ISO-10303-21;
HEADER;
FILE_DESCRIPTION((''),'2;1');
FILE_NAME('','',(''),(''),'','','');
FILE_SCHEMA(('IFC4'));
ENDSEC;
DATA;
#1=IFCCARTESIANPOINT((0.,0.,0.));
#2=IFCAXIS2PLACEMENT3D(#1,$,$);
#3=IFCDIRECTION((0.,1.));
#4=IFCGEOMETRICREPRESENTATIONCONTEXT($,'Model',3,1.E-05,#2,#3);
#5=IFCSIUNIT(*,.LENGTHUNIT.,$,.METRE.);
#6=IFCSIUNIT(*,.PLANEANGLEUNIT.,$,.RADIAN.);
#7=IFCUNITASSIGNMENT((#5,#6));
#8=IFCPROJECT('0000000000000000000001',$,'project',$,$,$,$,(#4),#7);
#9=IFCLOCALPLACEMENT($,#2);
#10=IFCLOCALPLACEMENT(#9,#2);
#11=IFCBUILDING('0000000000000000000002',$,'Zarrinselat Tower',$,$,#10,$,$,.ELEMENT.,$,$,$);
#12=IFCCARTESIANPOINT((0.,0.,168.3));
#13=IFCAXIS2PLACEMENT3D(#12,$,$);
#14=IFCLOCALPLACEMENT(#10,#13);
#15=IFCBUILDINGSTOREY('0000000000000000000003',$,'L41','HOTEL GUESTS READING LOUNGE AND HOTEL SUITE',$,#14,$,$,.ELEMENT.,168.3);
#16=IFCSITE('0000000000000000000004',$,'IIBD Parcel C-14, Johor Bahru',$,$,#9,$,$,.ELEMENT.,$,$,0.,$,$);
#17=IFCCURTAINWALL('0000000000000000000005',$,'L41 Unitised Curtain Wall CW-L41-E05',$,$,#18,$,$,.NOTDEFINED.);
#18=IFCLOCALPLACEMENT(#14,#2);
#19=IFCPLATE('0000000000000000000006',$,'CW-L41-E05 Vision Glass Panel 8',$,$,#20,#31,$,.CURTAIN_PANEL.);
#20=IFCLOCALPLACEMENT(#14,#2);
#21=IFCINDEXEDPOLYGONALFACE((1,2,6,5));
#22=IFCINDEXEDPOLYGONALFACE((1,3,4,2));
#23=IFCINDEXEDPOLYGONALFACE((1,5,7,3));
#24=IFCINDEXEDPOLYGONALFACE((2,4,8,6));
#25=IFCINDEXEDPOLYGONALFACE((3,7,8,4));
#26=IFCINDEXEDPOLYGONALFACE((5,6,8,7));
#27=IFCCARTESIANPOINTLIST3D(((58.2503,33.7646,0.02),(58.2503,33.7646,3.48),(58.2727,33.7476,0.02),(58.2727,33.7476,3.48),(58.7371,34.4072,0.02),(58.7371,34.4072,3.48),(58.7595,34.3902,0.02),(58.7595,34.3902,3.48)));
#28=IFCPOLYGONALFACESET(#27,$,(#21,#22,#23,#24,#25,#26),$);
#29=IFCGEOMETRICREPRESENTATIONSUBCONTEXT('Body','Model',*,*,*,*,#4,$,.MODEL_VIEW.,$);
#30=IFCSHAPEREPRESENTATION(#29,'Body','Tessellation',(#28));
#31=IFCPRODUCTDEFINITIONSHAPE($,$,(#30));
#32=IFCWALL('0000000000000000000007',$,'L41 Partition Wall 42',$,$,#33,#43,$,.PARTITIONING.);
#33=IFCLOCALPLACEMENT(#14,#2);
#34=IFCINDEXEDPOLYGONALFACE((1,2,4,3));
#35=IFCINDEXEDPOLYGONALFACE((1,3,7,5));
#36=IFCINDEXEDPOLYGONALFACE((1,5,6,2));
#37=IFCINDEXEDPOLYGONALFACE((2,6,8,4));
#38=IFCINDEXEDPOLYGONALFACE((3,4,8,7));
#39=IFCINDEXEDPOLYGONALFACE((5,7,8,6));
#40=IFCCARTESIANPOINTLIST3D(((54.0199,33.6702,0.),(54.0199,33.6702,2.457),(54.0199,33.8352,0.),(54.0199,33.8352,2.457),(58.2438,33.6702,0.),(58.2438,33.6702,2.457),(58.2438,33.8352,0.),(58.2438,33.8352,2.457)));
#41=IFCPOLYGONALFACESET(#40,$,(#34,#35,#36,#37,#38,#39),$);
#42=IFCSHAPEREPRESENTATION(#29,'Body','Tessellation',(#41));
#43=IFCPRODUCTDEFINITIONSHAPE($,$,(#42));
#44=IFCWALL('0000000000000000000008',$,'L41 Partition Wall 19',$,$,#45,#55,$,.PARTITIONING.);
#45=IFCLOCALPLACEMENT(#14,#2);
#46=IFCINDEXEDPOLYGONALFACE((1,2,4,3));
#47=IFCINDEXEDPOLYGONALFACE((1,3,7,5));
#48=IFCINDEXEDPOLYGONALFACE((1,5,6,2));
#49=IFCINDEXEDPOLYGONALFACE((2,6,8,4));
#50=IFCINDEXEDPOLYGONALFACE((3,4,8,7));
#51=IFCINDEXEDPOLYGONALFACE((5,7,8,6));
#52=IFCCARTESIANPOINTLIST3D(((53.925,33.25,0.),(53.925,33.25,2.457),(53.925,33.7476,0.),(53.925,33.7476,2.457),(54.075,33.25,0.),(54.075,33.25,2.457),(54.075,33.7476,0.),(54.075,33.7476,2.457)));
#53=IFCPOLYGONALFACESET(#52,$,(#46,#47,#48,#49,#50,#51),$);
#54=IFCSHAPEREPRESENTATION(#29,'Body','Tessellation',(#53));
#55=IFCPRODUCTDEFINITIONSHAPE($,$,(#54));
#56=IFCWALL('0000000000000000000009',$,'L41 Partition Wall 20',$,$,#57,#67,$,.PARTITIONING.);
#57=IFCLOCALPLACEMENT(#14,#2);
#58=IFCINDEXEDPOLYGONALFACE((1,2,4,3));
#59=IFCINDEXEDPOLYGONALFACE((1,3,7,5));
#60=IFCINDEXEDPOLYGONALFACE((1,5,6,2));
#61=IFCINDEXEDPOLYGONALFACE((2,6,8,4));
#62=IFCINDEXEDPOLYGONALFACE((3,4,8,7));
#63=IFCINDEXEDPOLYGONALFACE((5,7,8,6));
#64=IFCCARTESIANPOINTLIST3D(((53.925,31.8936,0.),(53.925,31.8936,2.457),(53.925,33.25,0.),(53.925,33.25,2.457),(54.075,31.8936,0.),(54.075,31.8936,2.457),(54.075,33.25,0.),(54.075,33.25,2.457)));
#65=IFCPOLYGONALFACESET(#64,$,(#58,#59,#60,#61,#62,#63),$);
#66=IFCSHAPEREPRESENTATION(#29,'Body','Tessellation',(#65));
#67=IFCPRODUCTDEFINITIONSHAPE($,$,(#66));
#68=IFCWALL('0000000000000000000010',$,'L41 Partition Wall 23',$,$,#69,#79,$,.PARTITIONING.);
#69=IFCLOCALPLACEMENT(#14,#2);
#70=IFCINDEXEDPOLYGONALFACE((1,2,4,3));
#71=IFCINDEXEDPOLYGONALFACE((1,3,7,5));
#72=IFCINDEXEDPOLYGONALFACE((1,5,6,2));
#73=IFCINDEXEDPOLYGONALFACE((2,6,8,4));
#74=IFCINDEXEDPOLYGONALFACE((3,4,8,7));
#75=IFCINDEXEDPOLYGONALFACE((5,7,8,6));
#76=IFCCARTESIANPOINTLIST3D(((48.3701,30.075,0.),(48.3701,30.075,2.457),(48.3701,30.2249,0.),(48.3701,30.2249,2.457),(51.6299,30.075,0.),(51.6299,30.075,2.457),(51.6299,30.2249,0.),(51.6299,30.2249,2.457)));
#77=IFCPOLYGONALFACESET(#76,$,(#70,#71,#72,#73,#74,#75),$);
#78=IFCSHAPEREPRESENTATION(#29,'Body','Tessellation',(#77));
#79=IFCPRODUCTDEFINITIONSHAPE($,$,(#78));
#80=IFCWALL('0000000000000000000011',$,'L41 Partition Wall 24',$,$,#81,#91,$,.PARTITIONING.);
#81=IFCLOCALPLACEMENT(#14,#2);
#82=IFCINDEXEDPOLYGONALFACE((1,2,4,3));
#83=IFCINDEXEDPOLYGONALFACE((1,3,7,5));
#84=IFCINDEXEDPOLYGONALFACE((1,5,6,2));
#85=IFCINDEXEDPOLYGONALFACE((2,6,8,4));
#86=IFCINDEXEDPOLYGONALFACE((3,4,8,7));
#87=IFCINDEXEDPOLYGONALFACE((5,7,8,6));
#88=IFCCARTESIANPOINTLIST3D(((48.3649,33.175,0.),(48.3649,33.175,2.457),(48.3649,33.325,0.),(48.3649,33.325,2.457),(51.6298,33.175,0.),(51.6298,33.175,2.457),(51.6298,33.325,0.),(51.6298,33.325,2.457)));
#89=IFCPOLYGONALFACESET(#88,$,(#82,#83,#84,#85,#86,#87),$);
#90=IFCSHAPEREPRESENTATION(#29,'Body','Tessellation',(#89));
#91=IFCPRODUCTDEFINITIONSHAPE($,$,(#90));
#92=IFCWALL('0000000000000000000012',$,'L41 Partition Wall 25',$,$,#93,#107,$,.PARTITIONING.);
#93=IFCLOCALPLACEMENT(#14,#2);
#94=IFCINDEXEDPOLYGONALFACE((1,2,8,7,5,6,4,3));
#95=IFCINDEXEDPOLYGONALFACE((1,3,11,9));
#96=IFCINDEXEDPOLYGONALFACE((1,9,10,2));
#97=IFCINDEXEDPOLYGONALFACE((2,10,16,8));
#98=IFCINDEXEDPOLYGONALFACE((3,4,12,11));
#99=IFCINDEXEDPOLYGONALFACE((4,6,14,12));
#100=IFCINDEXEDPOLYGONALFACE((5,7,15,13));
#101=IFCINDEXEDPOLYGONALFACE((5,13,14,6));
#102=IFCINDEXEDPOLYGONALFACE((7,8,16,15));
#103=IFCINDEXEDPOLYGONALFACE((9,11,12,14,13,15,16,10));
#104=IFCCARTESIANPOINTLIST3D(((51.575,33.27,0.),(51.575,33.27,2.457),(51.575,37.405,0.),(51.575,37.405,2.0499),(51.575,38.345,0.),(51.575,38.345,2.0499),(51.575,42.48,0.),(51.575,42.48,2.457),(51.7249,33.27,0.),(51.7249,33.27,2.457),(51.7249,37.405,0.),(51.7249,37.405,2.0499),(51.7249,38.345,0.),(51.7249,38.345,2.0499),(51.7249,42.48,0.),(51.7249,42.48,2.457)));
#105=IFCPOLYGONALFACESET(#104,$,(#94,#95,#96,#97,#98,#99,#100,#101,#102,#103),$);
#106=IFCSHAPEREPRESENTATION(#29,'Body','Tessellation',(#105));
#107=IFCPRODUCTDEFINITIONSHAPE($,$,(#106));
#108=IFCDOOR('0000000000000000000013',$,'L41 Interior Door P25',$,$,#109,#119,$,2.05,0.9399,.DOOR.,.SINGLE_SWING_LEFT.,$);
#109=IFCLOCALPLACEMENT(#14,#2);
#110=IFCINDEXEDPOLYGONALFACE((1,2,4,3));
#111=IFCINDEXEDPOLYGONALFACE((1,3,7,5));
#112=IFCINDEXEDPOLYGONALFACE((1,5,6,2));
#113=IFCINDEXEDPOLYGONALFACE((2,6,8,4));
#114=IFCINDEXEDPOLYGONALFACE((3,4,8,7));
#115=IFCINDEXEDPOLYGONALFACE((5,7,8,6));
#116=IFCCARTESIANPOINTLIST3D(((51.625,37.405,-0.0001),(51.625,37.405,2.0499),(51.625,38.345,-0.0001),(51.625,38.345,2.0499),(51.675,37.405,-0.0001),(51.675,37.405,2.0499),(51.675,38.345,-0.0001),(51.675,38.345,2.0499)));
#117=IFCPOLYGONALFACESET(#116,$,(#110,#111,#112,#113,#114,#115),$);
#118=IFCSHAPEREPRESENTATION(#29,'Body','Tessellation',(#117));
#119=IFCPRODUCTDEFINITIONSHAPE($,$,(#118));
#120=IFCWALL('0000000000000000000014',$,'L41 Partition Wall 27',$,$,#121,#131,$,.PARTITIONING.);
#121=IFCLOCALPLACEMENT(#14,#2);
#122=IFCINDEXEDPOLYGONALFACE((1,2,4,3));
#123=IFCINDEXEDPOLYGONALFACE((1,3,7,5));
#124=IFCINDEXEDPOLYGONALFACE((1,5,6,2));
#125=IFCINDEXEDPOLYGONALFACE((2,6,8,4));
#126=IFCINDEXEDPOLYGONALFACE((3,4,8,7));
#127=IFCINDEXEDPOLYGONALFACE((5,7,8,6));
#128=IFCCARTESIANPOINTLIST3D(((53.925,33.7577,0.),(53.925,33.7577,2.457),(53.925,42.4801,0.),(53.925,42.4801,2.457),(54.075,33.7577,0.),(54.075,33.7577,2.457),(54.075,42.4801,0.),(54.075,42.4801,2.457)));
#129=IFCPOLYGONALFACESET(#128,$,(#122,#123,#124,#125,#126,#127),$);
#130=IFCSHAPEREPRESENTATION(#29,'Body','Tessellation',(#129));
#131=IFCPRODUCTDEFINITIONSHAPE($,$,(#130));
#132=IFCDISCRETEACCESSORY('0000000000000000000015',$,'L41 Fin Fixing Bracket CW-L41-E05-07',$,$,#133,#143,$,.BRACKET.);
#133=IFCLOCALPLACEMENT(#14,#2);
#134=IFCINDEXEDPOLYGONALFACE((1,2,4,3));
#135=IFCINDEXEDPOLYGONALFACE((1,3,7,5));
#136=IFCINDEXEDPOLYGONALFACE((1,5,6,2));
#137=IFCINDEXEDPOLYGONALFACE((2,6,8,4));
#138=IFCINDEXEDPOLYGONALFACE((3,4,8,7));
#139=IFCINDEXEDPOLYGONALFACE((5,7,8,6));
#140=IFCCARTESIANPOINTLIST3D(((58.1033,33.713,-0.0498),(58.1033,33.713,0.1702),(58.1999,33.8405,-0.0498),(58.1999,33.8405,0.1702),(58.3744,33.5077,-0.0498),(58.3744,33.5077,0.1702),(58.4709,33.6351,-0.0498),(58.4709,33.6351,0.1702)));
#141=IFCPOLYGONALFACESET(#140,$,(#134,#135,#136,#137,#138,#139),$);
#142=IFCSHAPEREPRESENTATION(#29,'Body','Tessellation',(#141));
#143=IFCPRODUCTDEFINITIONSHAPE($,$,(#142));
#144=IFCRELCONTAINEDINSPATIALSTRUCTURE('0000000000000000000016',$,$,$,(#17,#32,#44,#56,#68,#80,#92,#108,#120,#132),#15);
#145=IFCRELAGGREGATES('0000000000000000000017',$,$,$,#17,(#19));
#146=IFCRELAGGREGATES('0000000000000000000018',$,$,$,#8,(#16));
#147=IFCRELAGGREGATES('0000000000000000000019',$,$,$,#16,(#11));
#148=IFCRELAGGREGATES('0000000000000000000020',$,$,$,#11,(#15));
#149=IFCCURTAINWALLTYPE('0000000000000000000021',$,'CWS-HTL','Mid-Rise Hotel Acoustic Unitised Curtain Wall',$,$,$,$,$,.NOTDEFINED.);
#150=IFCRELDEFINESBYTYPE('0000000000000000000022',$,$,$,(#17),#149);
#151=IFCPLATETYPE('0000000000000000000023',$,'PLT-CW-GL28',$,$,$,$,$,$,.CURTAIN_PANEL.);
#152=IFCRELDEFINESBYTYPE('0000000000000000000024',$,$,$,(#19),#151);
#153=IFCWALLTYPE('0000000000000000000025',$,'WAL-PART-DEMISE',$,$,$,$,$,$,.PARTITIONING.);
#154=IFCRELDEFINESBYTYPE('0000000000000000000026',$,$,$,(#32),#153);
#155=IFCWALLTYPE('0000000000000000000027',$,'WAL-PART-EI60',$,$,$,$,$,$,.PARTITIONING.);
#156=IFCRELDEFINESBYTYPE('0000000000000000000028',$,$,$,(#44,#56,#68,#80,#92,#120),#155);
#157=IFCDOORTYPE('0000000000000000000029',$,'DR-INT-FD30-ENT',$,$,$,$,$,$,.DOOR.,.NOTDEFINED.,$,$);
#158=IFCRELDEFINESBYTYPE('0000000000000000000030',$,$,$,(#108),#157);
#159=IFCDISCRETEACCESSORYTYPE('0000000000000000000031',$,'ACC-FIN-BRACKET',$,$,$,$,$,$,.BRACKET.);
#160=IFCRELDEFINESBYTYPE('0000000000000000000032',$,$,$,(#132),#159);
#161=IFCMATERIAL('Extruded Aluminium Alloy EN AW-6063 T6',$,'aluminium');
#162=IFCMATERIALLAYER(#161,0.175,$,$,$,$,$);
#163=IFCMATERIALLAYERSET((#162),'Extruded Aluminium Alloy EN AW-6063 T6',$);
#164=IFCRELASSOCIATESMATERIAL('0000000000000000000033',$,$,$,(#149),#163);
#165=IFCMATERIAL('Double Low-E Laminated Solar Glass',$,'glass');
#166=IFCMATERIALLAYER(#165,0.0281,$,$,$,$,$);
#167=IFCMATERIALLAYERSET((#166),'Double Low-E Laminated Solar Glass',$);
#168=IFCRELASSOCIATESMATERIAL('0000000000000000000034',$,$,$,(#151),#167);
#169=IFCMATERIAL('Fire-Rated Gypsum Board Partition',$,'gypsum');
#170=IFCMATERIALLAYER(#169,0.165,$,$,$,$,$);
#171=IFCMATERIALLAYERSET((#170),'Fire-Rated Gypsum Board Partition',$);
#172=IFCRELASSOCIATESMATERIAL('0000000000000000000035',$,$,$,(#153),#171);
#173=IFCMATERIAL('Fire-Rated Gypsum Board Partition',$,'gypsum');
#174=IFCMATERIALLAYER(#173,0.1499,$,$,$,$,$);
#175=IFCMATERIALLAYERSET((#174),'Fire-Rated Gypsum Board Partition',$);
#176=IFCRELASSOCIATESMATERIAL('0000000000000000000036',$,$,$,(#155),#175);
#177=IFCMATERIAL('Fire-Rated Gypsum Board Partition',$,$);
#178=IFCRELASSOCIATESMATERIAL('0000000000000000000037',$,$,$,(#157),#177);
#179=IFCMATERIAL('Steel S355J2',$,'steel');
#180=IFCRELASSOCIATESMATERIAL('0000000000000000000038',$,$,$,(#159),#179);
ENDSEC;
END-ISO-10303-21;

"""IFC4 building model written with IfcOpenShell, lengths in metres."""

from ifc_helpers import new_model, si_unit, direction, frame, frame_2d, origin, origin_2d, place, context, subcontext, project, spatial, rectangle, extrude, material, layer, layer_set, type_object, element, fill, aggregate, save


model = new_model("IFC4")

# Units and contexts
model_context = context("Model", 3, precision=1e-05, world=origin(), true_north=direction((0.0, 1.0)))
body_context = subcontext(model_context, "Body", "Model", "MODEL_VIEW")
ifc_project = project(units=[si_unit("LENGTHUNIT", "METRE"), si_unit("PLANEANGLEUNIT", "RADIAN")], contexts=[model_context])

# Site, building, storey
site_placement = place(None, origin())
site = spatial("IfcSite", under=ifc_project, at=site_placement, Name="IIBD Parcel C-14, Johor Bahru", CompositionType="ELEMENT", RefElevation=0.0)
building_placement = place(site_placement, origin())
building = spatial("IfcBuilding", under=site, at=building_placement, Name="Zarrinselat Tower", CompositionType="ELEMENT")
storey_placement = place(building_placement, frame((0.0, 0.0, 168.3)))
storey = spatial("IfcBuildingStorey", under=building, at=storey_placement, Name="L41", Description="HOTEL GUESTS READING LOUNGE AND HOTEL SUITE", CompositionType="ELEMENT", Elevation=168.3)

# Curtain wall, plate
ifc_material_1 = material(Name="Extruded Aluminium Alloy EN AW-6063 T6", Category="aluminium")
ifc_layer_1 = layer(ifc_material_1, 0.175)
ifc_layer_set_1 = layer_set([ifc_layer_1], Name="Extruded Aluminium Alloy EN AW-6063 T6")
curtain_wall_type = type_object("IfcCurtainWallType", Name="CWS-HTL", Description="Mid-Rise Hotel Acoustic Unitised Curtain Wall", PredefinedType="NOTDEFINED", material=ifc_layer_set_1)
curtain_wall_placement = place(storey_placement, origin())
curtain_wall = element("IfcCurtainWall", 1, at=curtain_wall_placement, inside=storey, type_object=curtain_wall_type, Name="L41 Unitised Curtain Wall CW-L41-E05", PredefinedType="NOTDEFINED")
ifc_material_2 = material(Name="Double Low-E Laminated Solar Glass", Category="glass")
ifc_layer_2 = layer(ifc_material_2, 0.0281)
ifc_layer_set_2 = layer_set([ifc_layer_2], Name="Double Low-E Laminated Solar Glass")
plate_type = type_object("IfcPlateType", Name="PLT-CW-GL28", PredefinedType="CURTAIN_PANEL", material=ifc_layer_set_2)
plate_1_placement = place(storey_placement, frame((58.5049, 34.0774, 0.02), z_axis=(0.0, 0.0, 1.0), x_axis=(0.603859, 0.797091, 0.0)))
plate_1 = element("IfcPlate", 2, at=plate_1_placement, type_object=plate_type, Name="CW-L41-E05 Vision Glass Panel 8", PredefinedType="CURTAIN_PANEL", context=body_context, shape_type="SweptSolid", body=[
    extrude(rectangle(XDim=0.8062, YDim=0.0281, at=origin_2d()), origin(), (0.0, 0.0, 1.0), 3.46),
])
aggregate(curtain_wall, [plate_1])

# Walls
ifc_material_3 = material(Name="Fire-Rated Gypsum Board Partition", Category="gypsum")
ifc_layer_3 = layer(ifc_material_3, 0.165)
ifc_layer_set_3 = layer_set([ifc_layer_3], Name="Fire-Rated Gypsum Board Partition")
wall_type_1 = type_object("IfcWallType", Name="WAL-PART-DEMISE", PredefinedType="PARTITIONING", material=ifc_layer_set_3)
wall_1_placement = place(storey_placement, frame((54.02, 33.7527, 0.0), z_axis=(0.0, 0.0, 1.0), x_axis=(1.0, 0.0, 0.0)))
element("IfcWall", 3, at=wall_1_placement, inside=storey, type_object=wall_type_1, Name="L41 Partition Wall 42", PredefinedType="PARTITIONING", context=body_context, shape_type="SweptSolid", body=[
    extrude(rectangle(XDim=4.2239, YDim=0.165, at=frame_2d((2.1118, 0.0))), origin(), (0.0, 0.0, 1.0), 2.457),
])
ifc_material_4 = material(Name="Fire-Rated Gypsum Board Partition", Category="gypsum")
ifc_layer_4 = layer(ifc_material_4, 0.1499)
ifc_layer_set_4 = layer_set([ifc_layer_4], Name="Fire-Rated Gypsum Board Partition")
wall_type_2 = type_object("IfcWallType", Name="WAL-PART-EI60", PredefinedType="PARTITIONING", material=ifc_layer_set_4)
wall_2_placement = place(storey_placement, frame((54.0, 33.25, 0.0), z_axis=(0.0, 0.0, 1.0), x_axis=(0.0, 1.0, 0.0)))
element("IfcWall", 4, at=wall_2_placement, inside=storey, type_object=wall_type_2, Name="L41 Partition Wall 19", PredefinedType="PARTITIONING", context=body_context, shape_type="SweptSolid", body=[
    extrude(rectangle(XDim=0.4976, YDim=0.1499, at=frame_2d((0.2488, 0.0))), origin(), (0.0, 0.0, 1.0), 2.457),
])
wall_3_placement = place(storey_placement, frame((54.0, 31.8936, 0.0), z_axis=(0.0, 0.0, 1.0), x_axis=(0.0, 1.0, 0.0)))
element("IfcWall", 5, at=wall_3_placement, inside=storey, type_object=wall_type_2, Name="L41 Partition Wall 20", PredefinedType="PARTITIONING", context=body_context, shape_type="SweptSolid", body=[
    extrude(rectangle(XDim=1.3564, YDim=0.1499, at=frame_2d((0.6782, 0.0))), origin(), (0.0, 0.0, 1.0), 2.457),
])
wall_4_placement = place(storey_placement, frame((48.3701, 30.1499, 0.0), z_axis=(0.0, 0.0, 1.0), x_axis=(1.0, 0.0, 0.0)))
element("IfcWall", 6, at=wall_4_placement, inside=storey, type_object=wall_type_2, Name="L41 Partition Wall 23", PredefinedType="PARTITIONING", context=body_context, shape_type="SweptSolid", body=[
    extrude(rectangle(XDim=3.2598, YDim=0.1499, at=frame_2d((1.6299, 0.0))), origin(), (0.0, 0.0, 1.0), 2.457),
])
wall_5_placement = place(storey_placement, frame((48.365, 33.25, 0.0), z_axis=(0.0, 0.0, 1.0), x_axis=(1.0, 0.0, 0.0)))
element("IfcWall", 7, at=wall_5_placement, inside=storey, type_object=wall_type_2, Name="L41 Partition Wall 24", PredefinedType="PARTITIONING", context=body_context, shape_type="SweptSolid", body=[
    extrude(rectangle(XDim=3.2649, YDim=0.1499, at=frame_2d((1.6323, 0.0))), origin(), (0.0, 0.0, 1.0), 2.457),
])

# Wall, opening, door
wall_6_placement = place(storey_placement, frame((51.6499, 33.27, 0.0), z_axis=(0.0, 0.0, 1.0), x_axis=(0.0, 1.0, 0.0)))
wall_6 = element("IfcWall", 8, at=wall_6_placement, inside=storey, type_object=wall_type_2, Name="L41 Partition Wall 25", PredefinedType="PARTITIONING", context=body_context, shape_type="SweptSolid", body=[
    extrude(rectangle(XDim=9.21, YDim=0.1499, at=frame_2d((4.605, 0.0))), origin(), (0.0, 0.0, 1.0), 2.457),
])
opening_placement = place(wall_6_placement, frame((4.135, 0.0, 0.0)))
opening = element("IfcOpeningElement", 9, at=opening_placement, cuts=wall_6, PredefinedType="OPENING", context=body_context, shape_type="SweptSolid", body=[
    extrude(rectangle(XDim=0.9399, YDim=2.05, at=frame_2d((0.47, 1.0249))), frame((0.0, 0.085, 0.0), z_axis=(0.0, -1.0, 0.0), x_axis=(1.0, 0.0, 0.0)), (0.0, 0.0, 1.0), 0.1699),
])
ifc_material_5 = material(Name="Fire-Rated Gypsum Board Partition")
door_type = type_object("IfcDoorType", Name="DR-INT-FD30-ENT", OperationType="NOTDEFINED", PredefinedType="DOOR", material=ifc_material_5)
door_placement = place(opening_placement, origin())
door = element("IfcDoor", 10, at=door_placement, inside=storey, type_object=door_type, Name="L41 Interior Door P25", OperationType="SINGLE_SWING_LEFT", OverallHeight=2.05, OverallWidth=0.9399, PredefinedType="DOOR", context=body_context, shape_type="SweptSolid", body=[
    extrude(rectangle(XDim=0.9399, YDim=2.05, at=frame_2d((0.47, 1.0249))), frame((0.0, 0.0249, 0.0), z_axis=(0.0, -1.0, 0.0), x_axis=(1.0, 0.0, 0.0)), (0.0, 0.0, 1.0), 0.05),
])
fill(opening, door)

# Wall
wall_7_placement = place(storey_placement, frame((54.0, 33.7576, 0.0), z_axis=(0.0, 0.0, 1.0), x_axis=(0.0, 1.0, 0.0)))
element("IfcWall", 11, at=wall_7_placement, inside=storey, type_object=wall_type_2, Name="L41 Partition Wall 27", PredefinedType="PARTITIONING", context=body_context, shape_type="SweptSolid", body=[
    extrude(rectangle(XDim=8.7224, YDim=0.1499, at=frame_2d((4.3613, 0.0))), origin(), (0.0, 0.0, 1.0), 2.457),
])

# Discrete accessory
ifc_material_6 = material(Name="Steel S355J2", Category="steel")
discrete_accessory_type = type_object("IfcDiscreteAccessoryType", Name="ACC-FIN-BRACKET", PredefinedType="BRACKET", material=ifc_material_6)
discrete_accessory_placement = place(storey_placement, frame((58.2871, 33.6741, -0.0498), z_axis=(0.0, 0.0, 1.0), x_axis=(0.797091, -0.603859, 0.0)))
element("IfcDiscreteAccessory", 12, at=discrete_accessory_placement, inside=storey, type_object=discrete_accessory_type, Name="L41 Fin Fixing Bracket CW-L41-E05-07", PredefinedType="BRACKET", context=body_context, shape_type="SweptSolid", body=[
    extrude(rectangle(XDim=0.3401, YDim=0.1599, at=origin_2d()), origin(), (0.0, 0.0, 1.0), 0.22),
])

save(model, "model.ifc")
